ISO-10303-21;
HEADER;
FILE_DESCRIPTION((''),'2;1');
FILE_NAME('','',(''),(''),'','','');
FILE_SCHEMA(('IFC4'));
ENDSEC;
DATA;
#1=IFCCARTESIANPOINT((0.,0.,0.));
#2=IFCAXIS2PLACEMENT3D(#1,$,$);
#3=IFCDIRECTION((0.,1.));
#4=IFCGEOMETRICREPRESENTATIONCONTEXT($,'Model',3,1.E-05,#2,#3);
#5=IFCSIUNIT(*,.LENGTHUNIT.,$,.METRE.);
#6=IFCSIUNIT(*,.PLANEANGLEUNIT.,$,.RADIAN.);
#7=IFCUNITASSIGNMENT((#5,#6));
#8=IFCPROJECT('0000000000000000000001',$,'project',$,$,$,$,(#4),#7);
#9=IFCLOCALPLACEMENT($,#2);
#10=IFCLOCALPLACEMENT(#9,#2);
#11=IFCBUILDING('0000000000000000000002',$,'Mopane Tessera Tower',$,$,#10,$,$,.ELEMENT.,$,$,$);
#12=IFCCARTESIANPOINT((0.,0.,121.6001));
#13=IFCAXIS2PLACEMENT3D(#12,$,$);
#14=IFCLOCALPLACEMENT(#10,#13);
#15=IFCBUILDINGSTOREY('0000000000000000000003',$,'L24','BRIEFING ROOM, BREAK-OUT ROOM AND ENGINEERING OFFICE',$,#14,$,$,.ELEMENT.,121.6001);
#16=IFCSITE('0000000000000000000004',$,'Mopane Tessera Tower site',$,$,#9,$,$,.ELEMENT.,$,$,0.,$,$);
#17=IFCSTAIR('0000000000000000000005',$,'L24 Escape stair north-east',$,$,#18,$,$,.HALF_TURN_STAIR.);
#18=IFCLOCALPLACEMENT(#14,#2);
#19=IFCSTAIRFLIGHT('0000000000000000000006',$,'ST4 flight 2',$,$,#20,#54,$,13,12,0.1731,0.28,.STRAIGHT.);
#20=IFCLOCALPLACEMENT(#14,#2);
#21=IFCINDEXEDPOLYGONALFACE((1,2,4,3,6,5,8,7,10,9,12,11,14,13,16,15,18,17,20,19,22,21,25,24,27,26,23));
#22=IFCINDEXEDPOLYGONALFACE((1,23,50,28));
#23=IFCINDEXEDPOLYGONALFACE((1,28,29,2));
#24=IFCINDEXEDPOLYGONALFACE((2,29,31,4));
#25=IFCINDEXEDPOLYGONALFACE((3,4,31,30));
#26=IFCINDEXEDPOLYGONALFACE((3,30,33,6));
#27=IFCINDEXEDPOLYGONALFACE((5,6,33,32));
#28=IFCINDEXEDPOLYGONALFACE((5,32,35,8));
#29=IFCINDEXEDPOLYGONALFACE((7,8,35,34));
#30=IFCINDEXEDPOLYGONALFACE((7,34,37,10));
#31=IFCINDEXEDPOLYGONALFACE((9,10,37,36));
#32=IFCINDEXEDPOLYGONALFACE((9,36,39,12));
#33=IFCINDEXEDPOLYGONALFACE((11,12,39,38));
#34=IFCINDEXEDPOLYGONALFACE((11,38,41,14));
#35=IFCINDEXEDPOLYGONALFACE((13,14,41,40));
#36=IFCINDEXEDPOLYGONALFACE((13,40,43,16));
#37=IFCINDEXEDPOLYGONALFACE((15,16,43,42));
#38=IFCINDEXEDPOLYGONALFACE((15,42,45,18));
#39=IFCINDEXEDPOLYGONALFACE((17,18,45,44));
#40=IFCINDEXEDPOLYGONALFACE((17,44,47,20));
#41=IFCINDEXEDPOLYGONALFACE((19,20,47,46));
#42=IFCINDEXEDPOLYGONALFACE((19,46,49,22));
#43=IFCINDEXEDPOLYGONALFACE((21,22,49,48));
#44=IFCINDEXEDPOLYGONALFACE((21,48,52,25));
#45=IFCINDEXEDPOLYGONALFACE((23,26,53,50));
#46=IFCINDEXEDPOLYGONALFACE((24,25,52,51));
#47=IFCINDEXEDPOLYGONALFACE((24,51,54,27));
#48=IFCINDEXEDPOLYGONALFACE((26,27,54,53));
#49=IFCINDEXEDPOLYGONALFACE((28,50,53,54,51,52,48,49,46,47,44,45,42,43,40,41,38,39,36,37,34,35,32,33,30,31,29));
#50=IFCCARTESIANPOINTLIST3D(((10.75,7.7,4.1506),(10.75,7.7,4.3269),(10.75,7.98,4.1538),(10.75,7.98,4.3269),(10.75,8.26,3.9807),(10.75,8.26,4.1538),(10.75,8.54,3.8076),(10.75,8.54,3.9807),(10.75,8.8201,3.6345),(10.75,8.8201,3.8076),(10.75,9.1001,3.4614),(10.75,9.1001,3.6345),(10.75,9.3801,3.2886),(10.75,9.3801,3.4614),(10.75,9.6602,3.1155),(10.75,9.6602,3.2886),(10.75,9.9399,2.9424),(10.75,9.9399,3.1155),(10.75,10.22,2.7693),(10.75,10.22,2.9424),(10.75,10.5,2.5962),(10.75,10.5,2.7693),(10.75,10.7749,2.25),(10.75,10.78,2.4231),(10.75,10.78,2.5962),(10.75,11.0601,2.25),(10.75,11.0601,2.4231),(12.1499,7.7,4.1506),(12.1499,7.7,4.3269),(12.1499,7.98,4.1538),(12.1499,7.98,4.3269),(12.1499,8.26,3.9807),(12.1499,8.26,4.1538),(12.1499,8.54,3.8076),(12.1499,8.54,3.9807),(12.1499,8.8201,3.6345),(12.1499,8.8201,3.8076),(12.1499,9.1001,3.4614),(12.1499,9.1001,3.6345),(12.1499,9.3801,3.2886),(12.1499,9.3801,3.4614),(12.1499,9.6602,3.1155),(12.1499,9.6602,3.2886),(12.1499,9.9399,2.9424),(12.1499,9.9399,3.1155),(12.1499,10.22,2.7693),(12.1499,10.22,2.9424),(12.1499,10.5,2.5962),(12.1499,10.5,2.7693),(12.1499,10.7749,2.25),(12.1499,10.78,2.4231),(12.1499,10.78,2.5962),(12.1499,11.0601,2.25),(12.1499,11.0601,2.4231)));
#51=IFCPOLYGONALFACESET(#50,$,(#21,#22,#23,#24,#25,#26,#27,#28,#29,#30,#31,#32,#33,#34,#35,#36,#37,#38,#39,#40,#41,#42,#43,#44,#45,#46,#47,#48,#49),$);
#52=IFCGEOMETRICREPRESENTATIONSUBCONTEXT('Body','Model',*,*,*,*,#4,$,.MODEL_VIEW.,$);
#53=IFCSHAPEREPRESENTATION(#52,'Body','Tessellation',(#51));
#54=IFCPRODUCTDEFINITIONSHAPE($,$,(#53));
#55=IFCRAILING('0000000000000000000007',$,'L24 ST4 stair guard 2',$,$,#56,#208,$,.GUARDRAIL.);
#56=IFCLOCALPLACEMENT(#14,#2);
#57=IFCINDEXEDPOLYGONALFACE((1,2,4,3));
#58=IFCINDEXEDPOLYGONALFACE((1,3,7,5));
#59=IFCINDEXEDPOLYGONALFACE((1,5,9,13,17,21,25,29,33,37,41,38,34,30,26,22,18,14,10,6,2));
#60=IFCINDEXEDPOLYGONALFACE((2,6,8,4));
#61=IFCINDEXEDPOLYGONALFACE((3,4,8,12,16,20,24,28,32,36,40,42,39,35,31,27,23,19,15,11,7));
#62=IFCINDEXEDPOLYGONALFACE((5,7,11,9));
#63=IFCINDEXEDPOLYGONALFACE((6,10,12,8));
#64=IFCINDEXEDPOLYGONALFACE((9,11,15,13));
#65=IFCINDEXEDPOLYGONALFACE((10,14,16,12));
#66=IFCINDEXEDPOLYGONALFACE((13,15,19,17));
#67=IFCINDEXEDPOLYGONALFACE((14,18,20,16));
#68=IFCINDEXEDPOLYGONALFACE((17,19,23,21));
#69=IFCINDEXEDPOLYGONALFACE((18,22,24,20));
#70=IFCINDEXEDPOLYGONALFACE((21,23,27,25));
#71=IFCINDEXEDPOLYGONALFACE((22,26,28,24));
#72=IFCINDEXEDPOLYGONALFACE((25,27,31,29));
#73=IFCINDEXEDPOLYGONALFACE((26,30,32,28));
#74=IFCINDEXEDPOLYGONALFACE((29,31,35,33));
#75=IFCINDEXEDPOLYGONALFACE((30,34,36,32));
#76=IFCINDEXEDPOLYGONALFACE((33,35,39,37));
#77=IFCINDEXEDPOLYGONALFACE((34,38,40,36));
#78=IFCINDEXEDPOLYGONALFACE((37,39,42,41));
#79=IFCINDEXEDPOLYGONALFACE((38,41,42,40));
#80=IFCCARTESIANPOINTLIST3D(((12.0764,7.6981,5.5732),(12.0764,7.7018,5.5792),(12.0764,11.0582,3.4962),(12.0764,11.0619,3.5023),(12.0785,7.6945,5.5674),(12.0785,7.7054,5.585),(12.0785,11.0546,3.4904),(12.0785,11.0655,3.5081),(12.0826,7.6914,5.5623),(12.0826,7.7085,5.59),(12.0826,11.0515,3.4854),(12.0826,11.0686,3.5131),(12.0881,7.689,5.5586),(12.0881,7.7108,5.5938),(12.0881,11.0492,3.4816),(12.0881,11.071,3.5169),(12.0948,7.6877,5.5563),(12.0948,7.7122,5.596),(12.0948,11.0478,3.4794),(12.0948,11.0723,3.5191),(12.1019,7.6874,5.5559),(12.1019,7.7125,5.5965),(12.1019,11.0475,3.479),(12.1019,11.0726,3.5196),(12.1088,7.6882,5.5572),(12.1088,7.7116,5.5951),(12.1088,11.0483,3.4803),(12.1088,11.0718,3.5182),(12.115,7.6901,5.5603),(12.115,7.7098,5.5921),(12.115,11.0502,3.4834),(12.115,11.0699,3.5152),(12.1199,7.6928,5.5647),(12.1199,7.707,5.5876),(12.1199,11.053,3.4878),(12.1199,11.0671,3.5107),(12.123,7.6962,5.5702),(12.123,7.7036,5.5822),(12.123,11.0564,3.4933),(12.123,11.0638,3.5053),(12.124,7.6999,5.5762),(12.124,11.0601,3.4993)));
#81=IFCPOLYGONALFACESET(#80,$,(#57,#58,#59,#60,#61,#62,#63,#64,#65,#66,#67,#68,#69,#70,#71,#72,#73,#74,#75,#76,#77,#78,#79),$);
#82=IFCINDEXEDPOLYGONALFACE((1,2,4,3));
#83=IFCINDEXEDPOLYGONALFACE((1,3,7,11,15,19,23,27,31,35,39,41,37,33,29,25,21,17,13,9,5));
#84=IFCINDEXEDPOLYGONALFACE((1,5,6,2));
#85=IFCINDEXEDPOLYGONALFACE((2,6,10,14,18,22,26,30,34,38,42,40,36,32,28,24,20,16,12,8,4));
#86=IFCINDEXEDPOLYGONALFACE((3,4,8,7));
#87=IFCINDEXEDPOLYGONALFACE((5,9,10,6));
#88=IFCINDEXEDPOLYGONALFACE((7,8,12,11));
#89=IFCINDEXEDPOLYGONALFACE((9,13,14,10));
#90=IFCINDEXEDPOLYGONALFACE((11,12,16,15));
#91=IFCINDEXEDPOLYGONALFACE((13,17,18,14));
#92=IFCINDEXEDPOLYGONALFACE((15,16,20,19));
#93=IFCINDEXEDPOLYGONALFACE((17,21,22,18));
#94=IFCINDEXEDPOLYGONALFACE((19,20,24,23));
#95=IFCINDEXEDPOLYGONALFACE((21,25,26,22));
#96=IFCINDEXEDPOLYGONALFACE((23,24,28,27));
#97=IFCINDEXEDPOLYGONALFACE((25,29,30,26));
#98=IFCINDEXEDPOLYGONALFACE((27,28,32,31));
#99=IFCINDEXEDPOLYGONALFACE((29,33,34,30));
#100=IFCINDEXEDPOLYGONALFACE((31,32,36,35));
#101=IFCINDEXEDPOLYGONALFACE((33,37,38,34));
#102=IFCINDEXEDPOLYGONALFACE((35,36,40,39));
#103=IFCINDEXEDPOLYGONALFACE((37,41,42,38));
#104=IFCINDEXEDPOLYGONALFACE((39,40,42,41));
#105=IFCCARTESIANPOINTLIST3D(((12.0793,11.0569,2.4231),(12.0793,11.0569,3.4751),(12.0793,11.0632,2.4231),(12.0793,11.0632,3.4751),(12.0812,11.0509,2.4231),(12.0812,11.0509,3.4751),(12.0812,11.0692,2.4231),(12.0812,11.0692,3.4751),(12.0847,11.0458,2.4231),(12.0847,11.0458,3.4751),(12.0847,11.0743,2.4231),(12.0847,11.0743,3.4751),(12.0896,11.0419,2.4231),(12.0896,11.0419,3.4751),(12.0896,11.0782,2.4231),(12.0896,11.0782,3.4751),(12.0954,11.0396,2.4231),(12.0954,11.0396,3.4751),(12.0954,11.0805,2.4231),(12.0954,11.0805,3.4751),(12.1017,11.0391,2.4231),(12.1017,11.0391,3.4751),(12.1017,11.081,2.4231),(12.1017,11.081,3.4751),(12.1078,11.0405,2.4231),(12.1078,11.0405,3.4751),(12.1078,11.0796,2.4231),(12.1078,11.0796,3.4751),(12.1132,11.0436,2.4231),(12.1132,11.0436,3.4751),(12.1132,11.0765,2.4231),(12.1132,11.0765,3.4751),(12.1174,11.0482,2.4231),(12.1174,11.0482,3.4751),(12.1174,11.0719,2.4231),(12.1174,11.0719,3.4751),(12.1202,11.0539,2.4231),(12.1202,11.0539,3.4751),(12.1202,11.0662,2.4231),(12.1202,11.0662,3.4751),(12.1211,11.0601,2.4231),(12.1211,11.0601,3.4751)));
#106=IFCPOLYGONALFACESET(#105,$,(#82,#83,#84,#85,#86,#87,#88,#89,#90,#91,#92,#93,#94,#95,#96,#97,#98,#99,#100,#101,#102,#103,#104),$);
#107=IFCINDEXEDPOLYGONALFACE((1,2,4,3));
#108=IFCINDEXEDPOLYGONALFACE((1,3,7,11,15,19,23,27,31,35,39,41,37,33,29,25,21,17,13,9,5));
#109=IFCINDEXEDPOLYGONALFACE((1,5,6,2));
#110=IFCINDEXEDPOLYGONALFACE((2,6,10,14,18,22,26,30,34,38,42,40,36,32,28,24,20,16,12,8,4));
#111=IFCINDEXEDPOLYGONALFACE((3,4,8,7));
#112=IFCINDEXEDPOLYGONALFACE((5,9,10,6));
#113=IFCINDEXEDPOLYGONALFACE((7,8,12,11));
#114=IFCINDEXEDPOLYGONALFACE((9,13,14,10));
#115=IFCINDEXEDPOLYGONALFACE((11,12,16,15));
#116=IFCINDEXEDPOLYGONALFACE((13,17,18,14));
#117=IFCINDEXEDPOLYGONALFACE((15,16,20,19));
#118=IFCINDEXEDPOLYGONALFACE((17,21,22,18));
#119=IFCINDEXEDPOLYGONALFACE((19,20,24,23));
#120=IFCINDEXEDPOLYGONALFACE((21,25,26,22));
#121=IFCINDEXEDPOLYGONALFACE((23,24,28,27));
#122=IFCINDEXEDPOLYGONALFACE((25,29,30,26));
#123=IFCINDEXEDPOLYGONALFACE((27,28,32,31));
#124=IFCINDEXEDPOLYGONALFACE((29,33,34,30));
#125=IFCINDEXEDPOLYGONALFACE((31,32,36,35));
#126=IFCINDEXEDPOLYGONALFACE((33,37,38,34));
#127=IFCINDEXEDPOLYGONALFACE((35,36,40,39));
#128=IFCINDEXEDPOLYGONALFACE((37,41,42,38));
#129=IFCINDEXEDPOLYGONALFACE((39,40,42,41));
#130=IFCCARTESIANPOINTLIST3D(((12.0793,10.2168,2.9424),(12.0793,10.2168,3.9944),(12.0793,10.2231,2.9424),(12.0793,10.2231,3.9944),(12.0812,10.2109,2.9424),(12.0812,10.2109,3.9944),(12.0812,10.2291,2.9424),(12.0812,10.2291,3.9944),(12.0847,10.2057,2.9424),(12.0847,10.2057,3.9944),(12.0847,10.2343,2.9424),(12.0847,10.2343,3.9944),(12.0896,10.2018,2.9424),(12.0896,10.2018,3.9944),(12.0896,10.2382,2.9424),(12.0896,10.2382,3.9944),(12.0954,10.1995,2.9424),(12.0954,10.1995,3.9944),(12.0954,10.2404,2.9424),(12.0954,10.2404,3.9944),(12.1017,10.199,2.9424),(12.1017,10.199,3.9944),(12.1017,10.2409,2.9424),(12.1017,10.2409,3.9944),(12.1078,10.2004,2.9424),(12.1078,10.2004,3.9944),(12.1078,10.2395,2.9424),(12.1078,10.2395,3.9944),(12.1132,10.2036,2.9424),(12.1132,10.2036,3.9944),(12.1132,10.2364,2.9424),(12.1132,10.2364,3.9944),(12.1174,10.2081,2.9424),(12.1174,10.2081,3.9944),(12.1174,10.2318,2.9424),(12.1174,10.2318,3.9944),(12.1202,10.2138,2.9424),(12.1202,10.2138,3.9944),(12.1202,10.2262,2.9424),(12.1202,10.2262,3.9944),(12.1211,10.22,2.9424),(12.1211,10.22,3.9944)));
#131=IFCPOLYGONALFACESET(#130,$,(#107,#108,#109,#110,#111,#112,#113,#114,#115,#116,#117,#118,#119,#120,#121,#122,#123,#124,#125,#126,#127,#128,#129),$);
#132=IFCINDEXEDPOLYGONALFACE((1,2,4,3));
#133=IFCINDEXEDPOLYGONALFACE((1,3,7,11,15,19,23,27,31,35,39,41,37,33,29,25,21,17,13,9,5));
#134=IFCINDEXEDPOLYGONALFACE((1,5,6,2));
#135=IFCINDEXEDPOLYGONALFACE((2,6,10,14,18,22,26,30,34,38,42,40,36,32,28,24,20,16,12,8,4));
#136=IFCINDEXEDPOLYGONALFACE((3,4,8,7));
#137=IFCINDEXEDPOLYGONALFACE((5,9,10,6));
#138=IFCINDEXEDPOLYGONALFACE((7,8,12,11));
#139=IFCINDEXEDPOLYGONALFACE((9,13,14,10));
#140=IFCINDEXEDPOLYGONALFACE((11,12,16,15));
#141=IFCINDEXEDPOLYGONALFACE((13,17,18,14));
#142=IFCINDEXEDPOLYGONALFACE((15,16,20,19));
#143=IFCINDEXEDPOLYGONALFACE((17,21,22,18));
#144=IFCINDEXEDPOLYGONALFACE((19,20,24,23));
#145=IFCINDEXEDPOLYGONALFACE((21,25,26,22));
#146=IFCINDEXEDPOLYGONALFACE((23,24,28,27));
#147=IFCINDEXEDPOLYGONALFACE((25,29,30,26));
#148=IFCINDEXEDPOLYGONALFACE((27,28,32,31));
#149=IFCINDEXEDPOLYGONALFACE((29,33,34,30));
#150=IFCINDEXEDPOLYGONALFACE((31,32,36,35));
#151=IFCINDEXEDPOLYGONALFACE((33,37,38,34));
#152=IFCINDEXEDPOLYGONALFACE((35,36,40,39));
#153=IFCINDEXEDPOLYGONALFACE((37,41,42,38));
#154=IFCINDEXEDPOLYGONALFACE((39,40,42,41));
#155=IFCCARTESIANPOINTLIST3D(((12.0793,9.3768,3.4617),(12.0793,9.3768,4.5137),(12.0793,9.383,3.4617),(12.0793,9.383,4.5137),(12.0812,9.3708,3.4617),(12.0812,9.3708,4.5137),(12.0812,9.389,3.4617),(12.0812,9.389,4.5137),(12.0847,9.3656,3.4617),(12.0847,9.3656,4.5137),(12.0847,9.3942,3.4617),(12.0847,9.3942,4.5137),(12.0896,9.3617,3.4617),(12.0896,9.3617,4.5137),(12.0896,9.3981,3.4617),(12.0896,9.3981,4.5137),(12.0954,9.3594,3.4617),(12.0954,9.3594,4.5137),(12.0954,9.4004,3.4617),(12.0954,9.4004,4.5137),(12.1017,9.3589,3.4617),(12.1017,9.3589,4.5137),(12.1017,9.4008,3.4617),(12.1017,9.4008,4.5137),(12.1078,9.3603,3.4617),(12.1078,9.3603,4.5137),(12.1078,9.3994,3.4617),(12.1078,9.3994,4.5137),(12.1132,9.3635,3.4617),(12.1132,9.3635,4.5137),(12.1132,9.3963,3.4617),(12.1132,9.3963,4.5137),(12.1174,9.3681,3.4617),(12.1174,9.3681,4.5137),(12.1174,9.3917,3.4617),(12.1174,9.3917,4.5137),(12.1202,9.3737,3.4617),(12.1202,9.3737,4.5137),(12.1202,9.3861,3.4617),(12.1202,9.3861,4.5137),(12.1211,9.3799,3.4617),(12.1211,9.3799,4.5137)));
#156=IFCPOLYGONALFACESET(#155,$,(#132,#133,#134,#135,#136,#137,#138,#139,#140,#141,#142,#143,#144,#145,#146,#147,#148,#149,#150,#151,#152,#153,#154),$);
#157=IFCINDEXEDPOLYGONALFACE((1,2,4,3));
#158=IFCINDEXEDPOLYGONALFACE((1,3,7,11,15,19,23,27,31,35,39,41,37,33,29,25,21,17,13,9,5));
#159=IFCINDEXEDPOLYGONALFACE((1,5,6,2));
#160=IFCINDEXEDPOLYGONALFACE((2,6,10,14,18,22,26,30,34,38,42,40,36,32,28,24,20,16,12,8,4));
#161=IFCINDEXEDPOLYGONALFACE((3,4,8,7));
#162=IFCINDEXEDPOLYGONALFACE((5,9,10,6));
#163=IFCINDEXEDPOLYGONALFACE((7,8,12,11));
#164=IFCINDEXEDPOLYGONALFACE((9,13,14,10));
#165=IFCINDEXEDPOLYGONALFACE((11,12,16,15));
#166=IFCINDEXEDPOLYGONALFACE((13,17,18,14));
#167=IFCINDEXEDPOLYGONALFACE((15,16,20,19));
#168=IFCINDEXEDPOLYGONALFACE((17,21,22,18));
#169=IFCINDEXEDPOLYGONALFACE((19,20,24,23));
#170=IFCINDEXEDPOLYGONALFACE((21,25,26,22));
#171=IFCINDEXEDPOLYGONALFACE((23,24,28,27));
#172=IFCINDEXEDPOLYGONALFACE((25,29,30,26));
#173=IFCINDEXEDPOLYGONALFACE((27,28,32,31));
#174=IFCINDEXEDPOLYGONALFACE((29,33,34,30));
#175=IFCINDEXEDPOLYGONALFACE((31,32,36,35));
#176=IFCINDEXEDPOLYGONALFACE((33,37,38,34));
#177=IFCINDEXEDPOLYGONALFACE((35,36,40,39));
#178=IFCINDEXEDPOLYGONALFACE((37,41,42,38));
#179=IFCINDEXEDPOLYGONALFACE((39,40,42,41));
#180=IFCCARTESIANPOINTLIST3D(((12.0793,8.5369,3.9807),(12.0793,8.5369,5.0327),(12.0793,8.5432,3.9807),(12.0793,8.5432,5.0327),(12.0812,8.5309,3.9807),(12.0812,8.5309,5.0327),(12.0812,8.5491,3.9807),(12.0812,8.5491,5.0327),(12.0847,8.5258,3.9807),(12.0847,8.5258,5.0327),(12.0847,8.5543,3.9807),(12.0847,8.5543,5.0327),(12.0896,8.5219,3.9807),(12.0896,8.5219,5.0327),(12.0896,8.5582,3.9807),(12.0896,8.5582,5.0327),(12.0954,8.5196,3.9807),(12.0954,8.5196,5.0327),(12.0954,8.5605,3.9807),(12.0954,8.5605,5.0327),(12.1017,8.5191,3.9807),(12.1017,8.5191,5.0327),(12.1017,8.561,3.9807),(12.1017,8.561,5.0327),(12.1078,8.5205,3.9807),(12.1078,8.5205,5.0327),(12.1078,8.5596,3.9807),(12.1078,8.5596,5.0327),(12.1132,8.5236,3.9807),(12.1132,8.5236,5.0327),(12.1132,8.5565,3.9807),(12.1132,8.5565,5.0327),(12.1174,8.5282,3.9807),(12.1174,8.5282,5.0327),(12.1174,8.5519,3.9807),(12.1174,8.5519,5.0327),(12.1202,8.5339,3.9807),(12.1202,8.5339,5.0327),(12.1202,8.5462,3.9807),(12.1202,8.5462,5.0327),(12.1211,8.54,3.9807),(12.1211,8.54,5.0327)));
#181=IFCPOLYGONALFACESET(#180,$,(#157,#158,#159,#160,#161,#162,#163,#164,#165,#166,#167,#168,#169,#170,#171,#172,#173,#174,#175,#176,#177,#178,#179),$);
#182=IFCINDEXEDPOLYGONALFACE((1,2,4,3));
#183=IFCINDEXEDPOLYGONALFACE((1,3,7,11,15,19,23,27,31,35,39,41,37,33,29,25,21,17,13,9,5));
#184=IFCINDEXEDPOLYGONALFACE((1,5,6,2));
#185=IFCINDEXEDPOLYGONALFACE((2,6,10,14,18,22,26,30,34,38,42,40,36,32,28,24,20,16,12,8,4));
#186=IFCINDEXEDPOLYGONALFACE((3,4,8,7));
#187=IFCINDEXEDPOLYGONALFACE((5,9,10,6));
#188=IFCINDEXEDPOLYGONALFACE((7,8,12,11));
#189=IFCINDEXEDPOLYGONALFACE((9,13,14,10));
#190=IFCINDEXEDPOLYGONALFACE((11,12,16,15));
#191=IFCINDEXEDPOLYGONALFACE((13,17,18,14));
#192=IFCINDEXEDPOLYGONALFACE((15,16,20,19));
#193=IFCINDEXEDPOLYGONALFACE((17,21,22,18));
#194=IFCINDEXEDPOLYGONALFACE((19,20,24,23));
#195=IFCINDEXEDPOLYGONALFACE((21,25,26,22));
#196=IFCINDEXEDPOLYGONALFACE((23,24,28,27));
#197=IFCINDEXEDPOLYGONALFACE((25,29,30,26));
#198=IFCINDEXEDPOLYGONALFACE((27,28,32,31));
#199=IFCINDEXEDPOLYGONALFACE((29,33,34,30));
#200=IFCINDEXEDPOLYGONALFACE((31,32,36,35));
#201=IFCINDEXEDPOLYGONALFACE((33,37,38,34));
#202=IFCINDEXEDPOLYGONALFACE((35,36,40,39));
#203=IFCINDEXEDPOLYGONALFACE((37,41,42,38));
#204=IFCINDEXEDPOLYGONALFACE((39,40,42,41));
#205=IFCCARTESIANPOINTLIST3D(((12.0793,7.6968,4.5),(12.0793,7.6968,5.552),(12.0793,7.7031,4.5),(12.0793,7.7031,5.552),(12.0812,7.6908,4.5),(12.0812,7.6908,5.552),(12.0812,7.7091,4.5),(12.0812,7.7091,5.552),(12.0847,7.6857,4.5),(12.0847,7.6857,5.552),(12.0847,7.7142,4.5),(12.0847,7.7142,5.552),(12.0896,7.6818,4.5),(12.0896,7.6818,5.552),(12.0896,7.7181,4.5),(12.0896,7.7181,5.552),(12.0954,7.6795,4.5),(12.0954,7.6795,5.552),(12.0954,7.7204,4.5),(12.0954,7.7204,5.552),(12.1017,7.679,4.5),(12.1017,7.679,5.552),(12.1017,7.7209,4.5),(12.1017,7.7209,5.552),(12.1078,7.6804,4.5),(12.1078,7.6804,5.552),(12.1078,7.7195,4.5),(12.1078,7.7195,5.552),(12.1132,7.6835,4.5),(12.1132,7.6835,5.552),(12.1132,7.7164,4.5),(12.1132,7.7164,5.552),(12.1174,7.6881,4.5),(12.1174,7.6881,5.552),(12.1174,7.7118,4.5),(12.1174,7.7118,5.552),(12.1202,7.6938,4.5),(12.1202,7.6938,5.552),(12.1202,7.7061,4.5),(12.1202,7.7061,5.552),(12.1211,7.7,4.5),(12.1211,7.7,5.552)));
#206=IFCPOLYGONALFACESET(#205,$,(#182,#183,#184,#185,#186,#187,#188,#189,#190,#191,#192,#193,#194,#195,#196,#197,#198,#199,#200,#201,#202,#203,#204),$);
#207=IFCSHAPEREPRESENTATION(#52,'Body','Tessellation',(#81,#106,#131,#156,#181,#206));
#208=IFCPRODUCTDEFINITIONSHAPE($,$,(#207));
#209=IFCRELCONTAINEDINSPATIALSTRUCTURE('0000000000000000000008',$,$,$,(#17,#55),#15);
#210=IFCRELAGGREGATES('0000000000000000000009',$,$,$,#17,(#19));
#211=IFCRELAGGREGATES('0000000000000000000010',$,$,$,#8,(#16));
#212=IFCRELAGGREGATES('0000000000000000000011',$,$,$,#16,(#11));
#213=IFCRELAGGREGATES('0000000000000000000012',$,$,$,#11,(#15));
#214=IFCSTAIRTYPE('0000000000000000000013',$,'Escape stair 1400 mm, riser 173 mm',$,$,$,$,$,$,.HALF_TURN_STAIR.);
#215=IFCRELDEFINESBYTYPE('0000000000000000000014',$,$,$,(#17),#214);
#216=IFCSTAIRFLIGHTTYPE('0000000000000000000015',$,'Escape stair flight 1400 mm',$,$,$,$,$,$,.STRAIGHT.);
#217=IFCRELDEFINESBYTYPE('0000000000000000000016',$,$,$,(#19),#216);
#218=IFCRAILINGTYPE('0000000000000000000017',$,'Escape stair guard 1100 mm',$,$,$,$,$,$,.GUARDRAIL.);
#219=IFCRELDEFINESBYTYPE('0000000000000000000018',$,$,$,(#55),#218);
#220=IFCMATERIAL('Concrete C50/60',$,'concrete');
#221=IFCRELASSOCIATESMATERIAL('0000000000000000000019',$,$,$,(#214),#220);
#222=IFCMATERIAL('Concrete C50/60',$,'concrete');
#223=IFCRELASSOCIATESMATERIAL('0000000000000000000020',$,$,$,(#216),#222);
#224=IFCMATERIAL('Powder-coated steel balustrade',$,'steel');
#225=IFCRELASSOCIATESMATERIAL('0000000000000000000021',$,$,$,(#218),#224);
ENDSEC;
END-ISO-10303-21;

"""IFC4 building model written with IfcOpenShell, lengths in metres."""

from ifc_helpers import new_model, si_unit, direction, frame, origin, origin_2d, place, context, subcontext, project, spatial, polyline, circle, outline, extrude, material, type_object, element, aggregate, save


model = new_model("IFC4")

# Units and contexts
model_context = context("Model", 3, precision=1e-05, world=origin(), true_north=direction((0.0, 1.0)))
body_context = subcontext(model_context, "Body", "Model", "MODEL_VIEW")
ifc_project = project(units=[si_unit("LENGTHUNIT", "METRE"), si_unit("PLANEANGLEUNIT", "RADIAN")], contexts=[model_context])

# Site, building, storey
site_placement = place(None, origin())
site = spatial("IfcSite", under=ifc_project, at=site_placement, Name="Mopane Tessera Tower site", CompositionType="ELEMENT", RefElevation=0.0)
building_placement = place(site_placement, origin())
building = spatial("IfcBuilding", under=site, at=building_placement, Name="Mopane Tessera Tower", CompositionType="ELEMENT")
storey_placement = place(building_placement, frame((0.0, 0.0, 121.6001)))
storey = spatial("IfcBuildingStorey", under=building, at=storey_placement, Name="L24", Description="BRIEFING ROOM, BREAK-OUT ROOM AND ENGINEERING OFFICE", CompositionType="ELEMENT", Elevation=121.6001)

# Stair, stair flight
ifc_material_1 = material(Name="Concrete C50/60", Category="concrete")
stair_type = type_object("IfcStairType", Name="Escape stair 1400 mm, riser 173 mm", PredefinedType="HALF_TURN_STAIR", material=ifc_material_1)
stair_placement = place(storey_placement, origin())
stair = element("IfcStair", 1, at=stair_placement, inside=storey, type_object=stair_type, Name="L24 Escape stair north-east", PredefinedType="HALF_TURN_STAIR")
ifc_material_2 = material(Name="Concrete C50/60", Category="concrete")
stair_flight_type = type_object("IfcStairFlightType", Name="Escape stair flight 1400 mm", PredefinedType="STRAIGHT", material=ifc_material_2)
stair_flight_1_placement = place(storey_placement, frame((11.45, 11.0601, 2.25), z_axis=(0.0, 0.0, 1.0), x_axis=(0.0, -1.0, 0.0)))
stair_flight_1 = element("IfcStairFlight", 2, at=stair_flight_1_placement, type_object=stair_flight_type, Name="ST4 flight 2", NumberOfRisers=13, NumberOfTreads=12, PredefinedType="STRAIGHT", RiserHeight=0.1731, TreadLength=0.28, context=body_context, shape_type="SweptSolid", body=[
    extrude(outline(polyline([(0.0, 0.0), (0.0, 0.1731), (0.28, 0.1731), (0.28, 0.3462), (0.5601, 0.3462), (0.5601, 0.5193), (0.8401, 0.5193), (0.8401, 0.6924), (1.1201, 0.6924), (1.1201, 0.8655), (1.3999, 0.8655), (1.3999, 1.0386), (1.6799, 1.0386), (1.6799, 1.2114), (1.96, 1.2114), (1.96, 1.3845), (2.24, 1.3845), (2.24, 1.5576), (2.52, 1.5576), (2.52, 1.7307), (2.8, 1.7307), (2.8, 1.9038), (3.0801, 1.9038), (3.0801, 2.0769), (3.3601, 2.0769), (3.3601, 2.25), (3.3601, 1.9006), (0.2852, 0.0), (0.0, 0.0)])), frame((0.0, 0.7, 0.0), z_axis=(0.0, -1.0, 0.0), x_axis=(1.0, 0.0, 0.0)), (0.0, 0.0, 1.0), 1.3999),
])
aggregate(stair, [stair_flight_1])

# Railing
ifc_material_3 = material(Name="Powder-coated steel balustrade", Category="steel")
railing_type_1 = type_object("IfcRailingType", Name="Escape stair guard 1100 mm", PredefinedType="GUARDRAIL", material=ifc_material_3)
railing_1_placement = place(storey_placement, frame((12.1001, 11.0601, 2.4231)))
element("IfcRailing", 3, at=railing_1_placement, inside=storey, type_object=railing_type_1, Name="L24 ST4 stair guard 2", PredefinedType="GUARDRAIL", context=body_context, shape_type="SweptSolid", body=[
    extrude(circle(Radius=0.0239, at=origin_2d()), frame((0.0, 0.0, 1.0762), z_axis=(0.0, -0.850623, 0.525776), x_axis=(1.0, 0.0, 0.0)), (0.0, 0.0, 1.0), 3.9502),
    extrude(circle(Radius=0.021, at=origin_2d()), origin(), (0.0, 0.0, 1.0), 1.052),
    extrude(circle(Radius=0.021, at=origin_2d()), frame((0.0, -0.8401, 0.5193)), (0.0, 0.0, 1.0), 1.052),
    extrude(circle(Radius=0.021, at=origin_2d()), frame((0.0, -1.6802, 1.0386)), (0.0, 0.0, 1.0), 1.052),
    extrude(circle(Radius=0.021, at=origin_2d()), frame((0.0, -2.52, 1.5576)), (0.0, 0.0, 1.0), 1.052),
    extrude(circle(Radius=0.021, at=origin_2d()), frame((0.0, -3.3601, 2.0769)), (0.0, 0.0, 1.0), 1.052),
])

save(model, "model.ifc")
